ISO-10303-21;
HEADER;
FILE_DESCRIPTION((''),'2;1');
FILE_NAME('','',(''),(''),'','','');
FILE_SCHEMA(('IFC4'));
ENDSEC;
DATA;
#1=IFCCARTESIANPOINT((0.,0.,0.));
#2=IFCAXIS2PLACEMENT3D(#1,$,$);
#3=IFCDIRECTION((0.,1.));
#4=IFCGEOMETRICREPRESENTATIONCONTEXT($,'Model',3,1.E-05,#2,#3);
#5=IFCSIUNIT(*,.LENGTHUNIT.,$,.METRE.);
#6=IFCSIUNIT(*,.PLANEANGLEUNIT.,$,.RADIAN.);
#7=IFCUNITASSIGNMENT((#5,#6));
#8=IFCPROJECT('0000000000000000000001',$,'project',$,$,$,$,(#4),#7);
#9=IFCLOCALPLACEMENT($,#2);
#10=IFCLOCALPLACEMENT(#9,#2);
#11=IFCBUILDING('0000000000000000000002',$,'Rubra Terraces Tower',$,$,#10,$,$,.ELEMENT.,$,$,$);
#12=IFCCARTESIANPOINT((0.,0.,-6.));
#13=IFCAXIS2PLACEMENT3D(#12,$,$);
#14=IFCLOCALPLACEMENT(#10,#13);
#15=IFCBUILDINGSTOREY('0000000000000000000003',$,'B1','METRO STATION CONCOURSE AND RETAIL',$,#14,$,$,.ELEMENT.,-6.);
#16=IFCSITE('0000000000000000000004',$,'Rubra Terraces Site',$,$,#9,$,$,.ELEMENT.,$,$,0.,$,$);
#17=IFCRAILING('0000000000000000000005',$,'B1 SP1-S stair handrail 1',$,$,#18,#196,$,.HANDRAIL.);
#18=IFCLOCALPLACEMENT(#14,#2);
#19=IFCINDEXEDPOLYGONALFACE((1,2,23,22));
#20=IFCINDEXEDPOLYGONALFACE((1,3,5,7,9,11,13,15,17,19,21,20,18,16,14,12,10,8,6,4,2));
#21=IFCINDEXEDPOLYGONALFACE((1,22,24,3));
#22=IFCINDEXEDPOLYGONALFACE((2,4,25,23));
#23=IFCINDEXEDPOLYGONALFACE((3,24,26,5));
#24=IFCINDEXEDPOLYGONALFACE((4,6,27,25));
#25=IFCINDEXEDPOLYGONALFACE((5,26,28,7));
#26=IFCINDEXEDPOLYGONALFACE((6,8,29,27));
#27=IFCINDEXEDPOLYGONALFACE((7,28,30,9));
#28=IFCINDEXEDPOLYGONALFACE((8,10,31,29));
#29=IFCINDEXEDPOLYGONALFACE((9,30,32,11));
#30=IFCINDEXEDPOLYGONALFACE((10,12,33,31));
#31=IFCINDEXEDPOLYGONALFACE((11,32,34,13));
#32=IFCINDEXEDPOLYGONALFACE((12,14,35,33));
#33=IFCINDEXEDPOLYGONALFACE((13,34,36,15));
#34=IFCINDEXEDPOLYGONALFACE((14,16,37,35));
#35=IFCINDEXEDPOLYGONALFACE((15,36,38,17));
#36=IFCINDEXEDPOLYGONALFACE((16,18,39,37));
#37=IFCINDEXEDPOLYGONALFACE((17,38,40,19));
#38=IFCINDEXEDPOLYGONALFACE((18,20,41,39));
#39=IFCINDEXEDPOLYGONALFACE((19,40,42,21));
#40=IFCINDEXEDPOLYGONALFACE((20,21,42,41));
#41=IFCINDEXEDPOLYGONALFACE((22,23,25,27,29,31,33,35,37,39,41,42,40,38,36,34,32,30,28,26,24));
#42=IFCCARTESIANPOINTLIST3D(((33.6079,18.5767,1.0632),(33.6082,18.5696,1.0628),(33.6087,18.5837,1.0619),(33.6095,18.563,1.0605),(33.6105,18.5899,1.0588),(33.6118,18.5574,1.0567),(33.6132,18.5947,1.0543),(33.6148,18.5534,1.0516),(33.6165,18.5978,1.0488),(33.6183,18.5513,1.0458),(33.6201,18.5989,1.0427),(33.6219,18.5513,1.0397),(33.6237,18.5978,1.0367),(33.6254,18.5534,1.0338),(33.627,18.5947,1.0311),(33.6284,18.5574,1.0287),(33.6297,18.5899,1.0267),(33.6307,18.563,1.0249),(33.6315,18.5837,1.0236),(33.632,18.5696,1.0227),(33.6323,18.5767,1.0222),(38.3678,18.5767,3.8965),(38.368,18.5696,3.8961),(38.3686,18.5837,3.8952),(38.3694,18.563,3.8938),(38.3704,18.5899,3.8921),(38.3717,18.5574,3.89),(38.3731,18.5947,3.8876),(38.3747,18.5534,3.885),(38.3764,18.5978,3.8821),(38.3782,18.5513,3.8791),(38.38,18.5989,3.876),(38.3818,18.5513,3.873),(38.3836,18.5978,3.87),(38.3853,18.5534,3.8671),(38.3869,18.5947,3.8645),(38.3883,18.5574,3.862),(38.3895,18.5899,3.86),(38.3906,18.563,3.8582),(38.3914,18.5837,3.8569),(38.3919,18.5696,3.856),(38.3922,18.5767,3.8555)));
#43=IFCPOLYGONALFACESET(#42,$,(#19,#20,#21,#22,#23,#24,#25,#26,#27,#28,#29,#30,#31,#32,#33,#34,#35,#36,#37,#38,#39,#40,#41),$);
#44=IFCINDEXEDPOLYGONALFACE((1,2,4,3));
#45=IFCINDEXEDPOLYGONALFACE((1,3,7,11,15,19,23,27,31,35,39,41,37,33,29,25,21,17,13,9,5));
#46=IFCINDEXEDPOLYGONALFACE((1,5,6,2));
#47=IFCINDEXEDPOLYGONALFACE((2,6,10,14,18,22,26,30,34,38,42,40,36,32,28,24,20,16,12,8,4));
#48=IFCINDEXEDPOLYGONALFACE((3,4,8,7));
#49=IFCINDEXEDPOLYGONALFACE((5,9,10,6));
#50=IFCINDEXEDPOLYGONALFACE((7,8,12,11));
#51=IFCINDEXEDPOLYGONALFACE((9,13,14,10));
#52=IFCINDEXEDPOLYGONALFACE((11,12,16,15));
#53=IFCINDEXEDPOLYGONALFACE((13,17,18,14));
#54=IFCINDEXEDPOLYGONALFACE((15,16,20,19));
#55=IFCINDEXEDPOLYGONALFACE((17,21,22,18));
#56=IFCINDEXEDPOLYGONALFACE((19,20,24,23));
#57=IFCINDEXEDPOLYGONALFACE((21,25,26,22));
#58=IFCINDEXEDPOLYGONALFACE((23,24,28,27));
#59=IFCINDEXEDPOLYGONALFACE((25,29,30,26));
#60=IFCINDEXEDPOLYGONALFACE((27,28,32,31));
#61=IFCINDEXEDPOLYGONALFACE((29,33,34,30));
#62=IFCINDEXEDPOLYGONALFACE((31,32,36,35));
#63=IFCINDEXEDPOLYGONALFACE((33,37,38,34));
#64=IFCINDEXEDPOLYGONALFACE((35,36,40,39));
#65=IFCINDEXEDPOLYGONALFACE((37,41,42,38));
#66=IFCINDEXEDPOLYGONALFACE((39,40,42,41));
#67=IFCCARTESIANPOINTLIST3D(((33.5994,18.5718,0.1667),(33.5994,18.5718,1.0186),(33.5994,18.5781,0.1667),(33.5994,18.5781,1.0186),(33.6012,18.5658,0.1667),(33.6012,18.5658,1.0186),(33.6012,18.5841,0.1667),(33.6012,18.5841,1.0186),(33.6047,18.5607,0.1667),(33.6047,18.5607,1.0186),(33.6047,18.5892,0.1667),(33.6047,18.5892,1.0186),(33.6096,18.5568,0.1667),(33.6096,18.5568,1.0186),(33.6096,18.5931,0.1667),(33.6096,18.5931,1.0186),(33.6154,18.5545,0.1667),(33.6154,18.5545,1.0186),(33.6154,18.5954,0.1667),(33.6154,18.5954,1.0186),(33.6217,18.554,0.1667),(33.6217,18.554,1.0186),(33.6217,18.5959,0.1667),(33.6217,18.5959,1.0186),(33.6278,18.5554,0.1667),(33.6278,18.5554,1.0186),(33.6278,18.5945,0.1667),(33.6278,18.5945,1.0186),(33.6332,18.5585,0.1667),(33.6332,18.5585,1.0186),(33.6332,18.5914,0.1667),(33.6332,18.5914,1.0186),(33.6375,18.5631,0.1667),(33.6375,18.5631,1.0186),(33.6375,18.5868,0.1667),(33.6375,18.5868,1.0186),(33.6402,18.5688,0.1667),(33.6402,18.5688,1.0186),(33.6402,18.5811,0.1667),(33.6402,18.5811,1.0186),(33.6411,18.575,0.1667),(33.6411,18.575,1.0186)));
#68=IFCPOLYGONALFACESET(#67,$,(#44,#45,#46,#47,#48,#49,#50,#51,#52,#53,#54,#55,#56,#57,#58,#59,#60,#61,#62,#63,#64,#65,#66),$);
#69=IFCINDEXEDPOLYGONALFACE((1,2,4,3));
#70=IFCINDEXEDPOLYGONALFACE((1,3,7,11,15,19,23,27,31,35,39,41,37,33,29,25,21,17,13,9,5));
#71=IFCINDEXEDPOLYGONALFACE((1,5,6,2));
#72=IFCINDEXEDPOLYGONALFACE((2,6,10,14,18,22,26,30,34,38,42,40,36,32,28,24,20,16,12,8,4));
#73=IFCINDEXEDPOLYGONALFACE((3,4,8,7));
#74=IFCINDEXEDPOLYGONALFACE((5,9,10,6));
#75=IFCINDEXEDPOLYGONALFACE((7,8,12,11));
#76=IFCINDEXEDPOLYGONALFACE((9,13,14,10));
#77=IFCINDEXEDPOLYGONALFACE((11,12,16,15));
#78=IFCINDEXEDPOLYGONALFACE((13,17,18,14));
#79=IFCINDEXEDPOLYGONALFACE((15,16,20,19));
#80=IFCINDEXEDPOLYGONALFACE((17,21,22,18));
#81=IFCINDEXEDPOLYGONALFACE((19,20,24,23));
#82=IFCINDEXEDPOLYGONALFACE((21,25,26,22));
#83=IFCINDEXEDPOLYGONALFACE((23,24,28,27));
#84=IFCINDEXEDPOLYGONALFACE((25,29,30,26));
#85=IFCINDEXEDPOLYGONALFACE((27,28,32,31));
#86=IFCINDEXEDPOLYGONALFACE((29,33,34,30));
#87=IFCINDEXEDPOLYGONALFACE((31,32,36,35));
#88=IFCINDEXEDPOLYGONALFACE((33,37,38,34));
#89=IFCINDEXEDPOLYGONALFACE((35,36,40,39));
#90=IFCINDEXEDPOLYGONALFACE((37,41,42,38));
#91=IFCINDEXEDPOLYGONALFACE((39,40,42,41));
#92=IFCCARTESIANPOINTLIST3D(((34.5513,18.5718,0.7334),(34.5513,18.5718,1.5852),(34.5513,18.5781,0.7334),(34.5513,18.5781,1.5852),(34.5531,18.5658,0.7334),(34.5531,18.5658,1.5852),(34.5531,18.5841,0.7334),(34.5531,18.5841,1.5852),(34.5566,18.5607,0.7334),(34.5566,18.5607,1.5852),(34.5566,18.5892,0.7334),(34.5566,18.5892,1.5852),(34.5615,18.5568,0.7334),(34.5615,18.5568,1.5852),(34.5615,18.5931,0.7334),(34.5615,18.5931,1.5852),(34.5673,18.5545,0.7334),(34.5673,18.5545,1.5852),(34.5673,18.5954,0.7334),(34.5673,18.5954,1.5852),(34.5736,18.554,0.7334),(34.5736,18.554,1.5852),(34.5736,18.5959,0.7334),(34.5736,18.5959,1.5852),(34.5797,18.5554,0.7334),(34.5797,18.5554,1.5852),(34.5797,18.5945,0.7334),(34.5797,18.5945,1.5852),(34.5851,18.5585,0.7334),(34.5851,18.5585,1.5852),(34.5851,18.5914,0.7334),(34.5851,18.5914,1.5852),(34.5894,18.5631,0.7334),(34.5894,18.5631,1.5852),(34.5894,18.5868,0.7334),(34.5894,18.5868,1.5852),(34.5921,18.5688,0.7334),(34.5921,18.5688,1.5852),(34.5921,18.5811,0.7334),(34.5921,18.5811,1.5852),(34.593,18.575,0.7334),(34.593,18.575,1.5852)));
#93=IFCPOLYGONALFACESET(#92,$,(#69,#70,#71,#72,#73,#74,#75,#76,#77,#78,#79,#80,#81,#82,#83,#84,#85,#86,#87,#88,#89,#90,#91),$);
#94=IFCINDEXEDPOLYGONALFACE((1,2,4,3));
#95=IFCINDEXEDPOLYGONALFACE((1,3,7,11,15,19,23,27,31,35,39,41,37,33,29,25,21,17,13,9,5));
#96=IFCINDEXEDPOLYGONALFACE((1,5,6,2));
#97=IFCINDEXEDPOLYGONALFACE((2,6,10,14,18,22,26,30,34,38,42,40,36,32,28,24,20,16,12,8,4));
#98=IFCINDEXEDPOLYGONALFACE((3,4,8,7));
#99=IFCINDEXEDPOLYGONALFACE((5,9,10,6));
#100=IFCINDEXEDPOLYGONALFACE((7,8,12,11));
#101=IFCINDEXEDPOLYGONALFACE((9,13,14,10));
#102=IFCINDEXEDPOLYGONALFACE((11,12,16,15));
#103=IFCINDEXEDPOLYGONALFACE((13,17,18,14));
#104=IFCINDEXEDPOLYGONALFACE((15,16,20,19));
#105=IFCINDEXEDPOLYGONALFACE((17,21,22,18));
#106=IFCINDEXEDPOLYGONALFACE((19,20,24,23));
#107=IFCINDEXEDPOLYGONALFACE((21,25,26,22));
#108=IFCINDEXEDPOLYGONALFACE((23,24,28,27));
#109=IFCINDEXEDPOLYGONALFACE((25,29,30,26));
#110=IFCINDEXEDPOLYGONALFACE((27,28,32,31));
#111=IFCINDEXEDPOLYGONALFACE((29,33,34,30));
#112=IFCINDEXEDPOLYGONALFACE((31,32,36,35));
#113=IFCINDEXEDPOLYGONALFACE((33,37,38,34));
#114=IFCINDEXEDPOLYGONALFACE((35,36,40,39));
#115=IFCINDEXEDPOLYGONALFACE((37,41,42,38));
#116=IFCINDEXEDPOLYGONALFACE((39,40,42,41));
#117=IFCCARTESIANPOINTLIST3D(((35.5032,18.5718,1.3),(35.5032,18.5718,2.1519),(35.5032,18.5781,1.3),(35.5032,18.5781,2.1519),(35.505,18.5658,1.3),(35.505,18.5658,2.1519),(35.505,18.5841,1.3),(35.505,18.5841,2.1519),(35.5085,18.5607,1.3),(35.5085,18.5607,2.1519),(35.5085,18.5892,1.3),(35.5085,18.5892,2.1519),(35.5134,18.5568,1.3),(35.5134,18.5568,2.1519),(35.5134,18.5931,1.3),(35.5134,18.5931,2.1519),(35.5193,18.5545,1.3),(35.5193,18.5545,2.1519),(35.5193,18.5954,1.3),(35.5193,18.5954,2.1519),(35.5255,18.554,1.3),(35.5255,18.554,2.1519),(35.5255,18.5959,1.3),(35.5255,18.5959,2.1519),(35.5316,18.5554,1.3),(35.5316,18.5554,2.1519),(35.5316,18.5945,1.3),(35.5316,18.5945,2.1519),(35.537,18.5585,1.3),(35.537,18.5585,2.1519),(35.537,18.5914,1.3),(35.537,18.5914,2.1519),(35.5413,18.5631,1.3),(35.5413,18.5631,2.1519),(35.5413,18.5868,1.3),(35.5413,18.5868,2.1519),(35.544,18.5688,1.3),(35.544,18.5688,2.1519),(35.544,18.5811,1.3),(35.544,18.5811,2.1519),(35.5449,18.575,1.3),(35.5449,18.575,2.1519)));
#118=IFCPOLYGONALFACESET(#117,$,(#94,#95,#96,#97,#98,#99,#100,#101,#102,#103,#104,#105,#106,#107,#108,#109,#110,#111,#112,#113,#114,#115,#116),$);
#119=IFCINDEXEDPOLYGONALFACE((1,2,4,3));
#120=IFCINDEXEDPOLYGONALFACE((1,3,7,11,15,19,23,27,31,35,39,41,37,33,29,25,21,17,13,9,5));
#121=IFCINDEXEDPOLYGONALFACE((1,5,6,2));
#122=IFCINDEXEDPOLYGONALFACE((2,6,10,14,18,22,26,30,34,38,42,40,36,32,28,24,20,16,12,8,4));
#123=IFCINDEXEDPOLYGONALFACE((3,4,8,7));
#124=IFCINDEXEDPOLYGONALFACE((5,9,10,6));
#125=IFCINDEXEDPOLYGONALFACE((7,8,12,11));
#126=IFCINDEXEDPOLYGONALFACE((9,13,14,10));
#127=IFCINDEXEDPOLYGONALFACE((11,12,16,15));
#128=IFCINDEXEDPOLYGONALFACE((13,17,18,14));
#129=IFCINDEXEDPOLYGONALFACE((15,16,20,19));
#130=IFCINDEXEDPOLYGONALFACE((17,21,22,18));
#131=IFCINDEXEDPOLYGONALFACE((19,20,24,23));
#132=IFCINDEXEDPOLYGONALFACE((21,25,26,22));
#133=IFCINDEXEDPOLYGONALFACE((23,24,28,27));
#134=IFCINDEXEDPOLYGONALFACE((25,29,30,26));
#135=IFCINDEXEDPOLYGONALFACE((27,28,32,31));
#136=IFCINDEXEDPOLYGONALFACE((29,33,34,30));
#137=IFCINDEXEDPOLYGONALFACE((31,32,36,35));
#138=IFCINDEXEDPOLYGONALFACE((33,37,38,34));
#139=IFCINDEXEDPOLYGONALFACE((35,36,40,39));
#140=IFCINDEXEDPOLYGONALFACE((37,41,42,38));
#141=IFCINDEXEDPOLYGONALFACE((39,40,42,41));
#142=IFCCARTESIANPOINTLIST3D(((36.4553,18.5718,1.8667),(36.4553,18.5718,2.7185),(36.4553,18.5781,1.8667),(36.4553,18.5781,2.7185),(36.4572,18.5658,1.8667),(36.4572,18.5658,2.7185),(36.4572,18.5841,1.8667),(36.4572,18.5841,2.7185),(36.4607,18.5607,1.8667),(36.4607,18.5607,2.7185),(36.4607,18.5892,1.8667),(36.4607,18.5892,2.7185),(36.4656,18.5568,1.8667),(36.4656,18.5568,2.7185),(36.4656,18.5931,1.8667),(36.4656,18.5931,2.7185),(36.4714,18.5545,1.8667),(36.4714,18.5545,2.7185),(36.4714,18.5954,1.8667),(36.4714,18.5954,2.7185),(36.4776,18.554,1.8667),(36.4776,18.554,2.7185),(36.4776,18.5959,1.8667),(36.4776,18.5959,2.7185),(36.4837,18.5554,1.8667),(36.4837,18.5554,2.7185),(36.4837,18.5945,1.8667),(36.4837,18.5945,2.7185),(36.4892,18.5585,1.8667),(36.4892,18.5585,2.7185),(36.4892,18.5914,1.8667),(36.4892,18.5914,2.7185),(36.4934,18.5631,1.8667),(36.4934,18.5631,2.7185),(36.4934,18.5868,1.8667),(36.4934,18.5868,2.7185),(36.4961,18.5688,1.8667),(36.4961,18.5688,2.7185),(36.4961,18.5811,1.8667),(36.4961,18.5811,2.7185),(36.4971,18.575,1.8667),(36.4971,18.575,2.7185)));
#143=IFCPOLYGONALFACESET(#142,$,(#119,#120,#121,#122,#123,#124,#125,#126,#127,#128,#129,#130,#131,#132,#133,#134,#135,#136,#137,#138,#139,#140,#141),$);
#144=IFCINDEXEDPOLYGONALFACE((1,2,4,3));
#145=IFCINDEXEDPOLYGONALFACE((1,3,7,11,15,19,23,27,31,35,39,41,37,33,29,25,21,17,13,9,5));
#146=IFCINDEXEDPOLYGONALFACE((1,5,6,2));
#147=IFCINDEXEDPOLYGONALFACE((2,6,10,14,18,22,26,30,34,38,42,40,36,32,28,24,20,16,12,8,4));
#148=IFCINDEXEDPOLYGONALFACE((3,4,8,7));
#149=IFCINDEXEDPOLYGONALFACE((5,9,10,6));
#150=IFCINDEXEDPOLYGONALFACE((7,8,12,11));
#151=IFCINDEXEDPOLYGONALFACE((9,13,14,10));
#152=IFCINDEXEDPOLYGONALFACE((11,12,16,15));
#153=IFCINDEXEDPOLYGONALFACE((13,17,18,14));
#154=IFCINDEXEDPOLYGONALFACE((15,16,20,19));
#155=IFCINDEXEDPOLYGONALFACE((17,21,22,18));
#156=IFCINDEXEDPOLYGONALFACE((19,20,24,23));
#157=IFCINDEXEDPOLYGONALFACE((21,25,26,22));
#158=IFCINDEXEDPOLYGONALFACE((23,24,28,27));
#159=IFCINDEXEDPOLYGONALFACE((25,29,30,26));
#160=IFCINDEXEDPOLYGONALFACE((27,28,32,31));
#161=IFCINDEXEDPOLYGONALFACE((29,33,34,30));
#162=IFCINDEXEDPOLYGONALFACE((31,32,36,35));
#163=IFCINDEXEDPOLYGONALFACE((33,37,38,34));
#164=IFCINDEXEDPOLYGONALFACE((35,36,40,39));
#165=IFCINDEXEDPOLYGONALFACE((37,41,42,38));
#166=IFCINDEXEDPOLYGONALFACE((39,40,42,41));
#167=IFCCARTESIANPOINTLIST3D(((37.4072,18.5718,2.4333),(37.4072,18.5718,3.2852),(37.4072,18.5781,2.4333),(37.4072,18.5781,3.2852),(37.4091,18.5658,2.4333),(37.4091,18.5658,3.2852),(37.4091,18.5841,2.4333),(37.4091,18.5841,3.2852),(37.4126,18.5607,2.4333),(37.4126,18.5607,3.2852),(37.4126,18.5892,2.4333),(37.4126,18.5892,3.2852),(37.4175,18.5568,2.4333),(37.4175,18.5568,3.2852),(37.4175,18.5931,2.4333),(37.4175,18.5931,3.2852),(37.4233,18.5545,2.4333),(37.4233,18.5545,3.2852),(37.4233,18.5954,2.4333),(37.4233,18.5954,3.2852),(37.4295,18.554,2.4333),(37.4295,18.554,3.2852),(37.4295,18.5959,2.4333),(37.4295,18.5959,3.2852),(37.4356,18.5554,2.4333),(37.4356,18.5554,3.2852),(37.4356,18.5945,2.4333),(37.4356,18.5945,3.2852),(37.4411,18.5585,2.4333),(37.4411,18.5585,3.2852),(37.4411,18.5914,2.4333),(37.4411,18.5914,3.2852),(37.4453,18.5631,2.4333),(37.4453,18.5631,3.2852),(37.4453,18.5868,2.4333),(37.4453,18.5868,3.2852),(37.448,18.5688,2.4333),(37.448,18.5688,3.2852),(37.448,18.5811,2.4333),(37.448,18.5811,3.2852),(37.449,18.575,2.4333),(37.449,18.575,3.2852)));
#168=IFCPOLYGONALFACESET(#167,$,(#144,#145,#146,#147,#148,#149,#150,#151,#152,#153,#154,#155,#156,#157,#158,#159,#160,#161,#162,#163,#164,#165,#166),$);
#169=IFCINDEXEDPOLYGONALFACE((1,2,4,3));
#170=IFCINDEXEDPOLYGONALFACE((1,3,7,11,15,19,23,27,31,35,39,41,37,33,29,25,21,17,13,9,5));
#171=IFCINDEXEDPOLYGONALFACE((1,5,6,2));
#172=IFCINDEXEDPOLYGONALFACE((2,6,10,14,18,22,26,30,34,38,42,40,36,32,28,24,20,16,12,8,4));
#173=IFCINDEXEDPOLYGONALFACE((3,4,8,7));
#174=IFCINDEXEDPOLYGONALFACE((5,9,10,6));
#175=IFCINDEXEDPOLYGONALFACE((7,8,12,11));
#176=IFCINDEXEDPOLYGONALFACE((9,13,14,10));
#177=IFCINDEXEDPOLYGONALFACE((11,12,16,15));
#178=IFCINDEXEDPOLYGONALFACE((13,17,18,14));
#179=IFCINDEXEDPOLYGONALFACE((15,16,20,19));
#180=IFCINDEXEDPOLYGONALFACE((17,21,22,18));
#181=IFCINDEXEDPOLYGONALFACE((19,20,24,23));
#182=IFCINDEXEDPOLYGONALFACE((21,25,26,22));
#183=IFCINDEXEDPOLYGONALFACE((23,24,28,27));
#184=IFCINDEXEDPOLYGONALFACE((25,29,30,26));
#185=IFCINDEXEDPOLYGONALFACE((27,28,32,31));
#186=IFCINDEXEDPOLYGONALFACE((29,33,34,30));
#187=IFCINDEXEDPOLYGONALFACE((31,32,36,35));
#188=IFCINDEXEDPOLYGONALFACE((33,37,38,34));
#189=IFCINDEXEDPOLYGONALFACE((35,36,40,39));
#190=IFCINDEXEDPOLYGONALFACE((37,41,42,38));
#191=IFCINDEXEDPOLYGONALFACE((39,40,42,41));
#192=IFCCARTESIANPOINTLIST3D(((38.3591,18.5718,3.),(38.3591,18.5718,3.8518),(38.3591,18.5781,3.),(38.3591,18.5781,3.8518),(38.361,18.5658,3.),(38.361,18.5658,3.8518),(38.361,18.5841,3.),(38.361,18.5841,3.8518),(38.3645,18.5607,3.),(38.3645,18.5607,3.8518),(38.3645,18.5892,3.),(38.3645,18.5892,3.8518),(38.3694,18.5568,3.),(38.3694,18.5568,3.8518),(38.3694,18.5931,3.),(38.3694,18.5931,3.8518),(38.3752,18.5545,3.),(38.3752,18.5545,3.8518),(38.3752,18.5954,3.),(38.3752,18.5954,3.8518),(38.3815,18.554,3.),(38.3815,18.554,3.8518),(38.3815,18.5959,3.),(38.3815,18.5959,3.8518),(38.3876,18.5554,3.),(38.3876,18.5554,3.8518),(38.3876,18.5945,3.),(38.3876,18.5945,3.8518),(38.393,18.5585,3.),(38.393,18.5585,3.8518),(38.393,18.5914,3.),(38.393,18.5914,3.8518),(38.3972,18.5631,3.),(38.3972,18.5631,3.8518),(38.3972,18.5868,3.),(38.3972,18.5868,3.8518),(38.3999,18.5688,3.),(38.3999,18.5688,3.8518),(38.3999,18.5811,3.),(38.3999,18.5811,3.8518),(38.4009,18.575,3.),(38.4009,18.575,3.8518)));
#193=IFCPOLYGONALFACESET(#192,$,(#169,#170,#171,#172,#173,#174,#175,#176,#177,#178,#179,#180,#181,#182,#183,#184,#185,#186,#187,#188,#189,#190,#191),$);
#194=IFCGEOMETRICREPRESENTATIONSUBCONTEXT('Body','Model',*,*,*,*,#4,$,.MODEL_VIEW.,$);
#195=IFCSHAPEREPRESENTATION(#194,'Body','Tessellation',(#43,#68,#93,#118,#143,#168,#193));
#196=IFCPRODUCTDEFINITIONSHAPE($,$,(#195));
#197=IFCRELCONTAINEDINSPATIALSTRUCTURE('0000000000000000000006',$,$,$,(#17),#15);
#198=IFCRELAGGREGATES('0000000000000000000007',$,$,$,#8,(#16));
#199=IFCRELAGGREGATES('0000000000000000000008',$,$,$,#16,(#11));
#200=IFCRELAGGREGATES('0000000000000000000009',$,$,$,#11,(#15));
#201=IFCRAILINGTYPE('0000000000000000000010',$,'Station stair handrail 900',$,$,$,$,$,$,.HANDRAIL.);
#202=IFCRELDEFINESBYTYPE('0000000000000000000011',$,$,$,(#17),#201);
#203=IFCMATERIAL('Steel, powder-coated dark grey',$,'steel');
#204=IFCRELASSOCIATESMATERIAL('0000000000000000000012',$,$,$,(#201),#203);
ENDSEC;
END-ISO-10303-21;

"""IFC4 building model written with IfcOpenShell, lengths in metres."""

from ifc_helpers import new_model, si_unit, direction, frame, origin, origin_2d, place, context, subcontext, project, spatial, circle, extrude, material, type_object, element, save


model = new_model("IFC4")

# Units and contexts
model_context = context("Model", 3, precision=1e-05, world=origin(), true_north=direction((0.0, 1.0)))
body_context = subcontext(model_context, "Body", "Model", "MODEL_VIEW")
ifc_project = project(units=[si_unit("LENGTHUNIT", "METRE"), si_unit("PLANEANGLEUNIT", "RADIAN")], contexts=[model_context])

# Site, building, storey
site_placement = place(None, origin())
site = spatial("IfcSite", under=ifc_project, at=site_placement, Name="Rubra Terraces Site", CompositionType="ELEMENT", RefElevation=0.0)
building_placement = place(site_placement, origin())
building = spatial("IfcBuilding", under=site, at=building_placement, Name="Rubra Terraces Tower", CompositionType="ELEMENT")
storey_placement = place(building_placement, frame((0.0, 0.0, -6.0)))
storey = spatial("IfcBuildingStorey", under=building, at=storey_placement, Name="B1", Description="METRO STATION CONCOURSE AND RETAIL", CompositionType="ELEMENT", Elevation=-6.0)

# Railing
ifc_material_1 = material(Name="Steel, powder-coated dark grey", Category="steel")
railing_type_1 = type_object("IfcRailingType", Name="Station stair handrail 900", PredefinedType="HANDRAIL", material=ifc_material_1)
railing_1_placement = place(storey_placement, frame((33.6201, 18.575, 0.1667)))
element("IfcRailing", 1, at=railing_1_placement, inside=storey, type_object=railing_type_1, Name="B1 SP1-S stair handrail 1", PredefinedType="HANDRAIL", context=body_context, shape_type="SweptSolid", body=[
    extrude(circle(Radius=0.0239, at=origin_2d()), frame((0.0, 0.0, 0.876), z_axis=(0.859288, 0.0, 0.511492), x_axis=(0.0, 1.0, 0.0)), (0.0, 0.0, 1.0), 5.5393),
    extrude(circle(Radius=0.021, at=origin_2d()), origin(), (0.0, 0.0, 1.0), 0.8518),
    extrude(circle(Radius=0.021, at=origin_2d()), frame((0.9519, 0.0, 0.5667)), (0.0, 0.0, 1.0), 0.8518),
    extrude(circle(Radius=0.021, at=origin_2d()), frame((1.9038, 0.0, 1.1333)), (0.0, 0.0, 1.0), 0.8518),
    extrude(circle(Radius=0.021, at=origin_2d()), frame((2.856, 0.0, 1.7)), (0.0, 0.0, 1.0), 0.8518),
    extrude(circle(Radius=0.021, at=origin_2d()), frame((3.8079, 0.0, 2.2666)), (0.0, 0.0, 1.0), 0.8518),
    extrude(circle(Radius=0.021, at=origin_2d()), frame((4.7598, 0.0, 2.8333)), (0.0, 0.0, 1.0), 0.8518),
])

save(model, "model.ifc")
